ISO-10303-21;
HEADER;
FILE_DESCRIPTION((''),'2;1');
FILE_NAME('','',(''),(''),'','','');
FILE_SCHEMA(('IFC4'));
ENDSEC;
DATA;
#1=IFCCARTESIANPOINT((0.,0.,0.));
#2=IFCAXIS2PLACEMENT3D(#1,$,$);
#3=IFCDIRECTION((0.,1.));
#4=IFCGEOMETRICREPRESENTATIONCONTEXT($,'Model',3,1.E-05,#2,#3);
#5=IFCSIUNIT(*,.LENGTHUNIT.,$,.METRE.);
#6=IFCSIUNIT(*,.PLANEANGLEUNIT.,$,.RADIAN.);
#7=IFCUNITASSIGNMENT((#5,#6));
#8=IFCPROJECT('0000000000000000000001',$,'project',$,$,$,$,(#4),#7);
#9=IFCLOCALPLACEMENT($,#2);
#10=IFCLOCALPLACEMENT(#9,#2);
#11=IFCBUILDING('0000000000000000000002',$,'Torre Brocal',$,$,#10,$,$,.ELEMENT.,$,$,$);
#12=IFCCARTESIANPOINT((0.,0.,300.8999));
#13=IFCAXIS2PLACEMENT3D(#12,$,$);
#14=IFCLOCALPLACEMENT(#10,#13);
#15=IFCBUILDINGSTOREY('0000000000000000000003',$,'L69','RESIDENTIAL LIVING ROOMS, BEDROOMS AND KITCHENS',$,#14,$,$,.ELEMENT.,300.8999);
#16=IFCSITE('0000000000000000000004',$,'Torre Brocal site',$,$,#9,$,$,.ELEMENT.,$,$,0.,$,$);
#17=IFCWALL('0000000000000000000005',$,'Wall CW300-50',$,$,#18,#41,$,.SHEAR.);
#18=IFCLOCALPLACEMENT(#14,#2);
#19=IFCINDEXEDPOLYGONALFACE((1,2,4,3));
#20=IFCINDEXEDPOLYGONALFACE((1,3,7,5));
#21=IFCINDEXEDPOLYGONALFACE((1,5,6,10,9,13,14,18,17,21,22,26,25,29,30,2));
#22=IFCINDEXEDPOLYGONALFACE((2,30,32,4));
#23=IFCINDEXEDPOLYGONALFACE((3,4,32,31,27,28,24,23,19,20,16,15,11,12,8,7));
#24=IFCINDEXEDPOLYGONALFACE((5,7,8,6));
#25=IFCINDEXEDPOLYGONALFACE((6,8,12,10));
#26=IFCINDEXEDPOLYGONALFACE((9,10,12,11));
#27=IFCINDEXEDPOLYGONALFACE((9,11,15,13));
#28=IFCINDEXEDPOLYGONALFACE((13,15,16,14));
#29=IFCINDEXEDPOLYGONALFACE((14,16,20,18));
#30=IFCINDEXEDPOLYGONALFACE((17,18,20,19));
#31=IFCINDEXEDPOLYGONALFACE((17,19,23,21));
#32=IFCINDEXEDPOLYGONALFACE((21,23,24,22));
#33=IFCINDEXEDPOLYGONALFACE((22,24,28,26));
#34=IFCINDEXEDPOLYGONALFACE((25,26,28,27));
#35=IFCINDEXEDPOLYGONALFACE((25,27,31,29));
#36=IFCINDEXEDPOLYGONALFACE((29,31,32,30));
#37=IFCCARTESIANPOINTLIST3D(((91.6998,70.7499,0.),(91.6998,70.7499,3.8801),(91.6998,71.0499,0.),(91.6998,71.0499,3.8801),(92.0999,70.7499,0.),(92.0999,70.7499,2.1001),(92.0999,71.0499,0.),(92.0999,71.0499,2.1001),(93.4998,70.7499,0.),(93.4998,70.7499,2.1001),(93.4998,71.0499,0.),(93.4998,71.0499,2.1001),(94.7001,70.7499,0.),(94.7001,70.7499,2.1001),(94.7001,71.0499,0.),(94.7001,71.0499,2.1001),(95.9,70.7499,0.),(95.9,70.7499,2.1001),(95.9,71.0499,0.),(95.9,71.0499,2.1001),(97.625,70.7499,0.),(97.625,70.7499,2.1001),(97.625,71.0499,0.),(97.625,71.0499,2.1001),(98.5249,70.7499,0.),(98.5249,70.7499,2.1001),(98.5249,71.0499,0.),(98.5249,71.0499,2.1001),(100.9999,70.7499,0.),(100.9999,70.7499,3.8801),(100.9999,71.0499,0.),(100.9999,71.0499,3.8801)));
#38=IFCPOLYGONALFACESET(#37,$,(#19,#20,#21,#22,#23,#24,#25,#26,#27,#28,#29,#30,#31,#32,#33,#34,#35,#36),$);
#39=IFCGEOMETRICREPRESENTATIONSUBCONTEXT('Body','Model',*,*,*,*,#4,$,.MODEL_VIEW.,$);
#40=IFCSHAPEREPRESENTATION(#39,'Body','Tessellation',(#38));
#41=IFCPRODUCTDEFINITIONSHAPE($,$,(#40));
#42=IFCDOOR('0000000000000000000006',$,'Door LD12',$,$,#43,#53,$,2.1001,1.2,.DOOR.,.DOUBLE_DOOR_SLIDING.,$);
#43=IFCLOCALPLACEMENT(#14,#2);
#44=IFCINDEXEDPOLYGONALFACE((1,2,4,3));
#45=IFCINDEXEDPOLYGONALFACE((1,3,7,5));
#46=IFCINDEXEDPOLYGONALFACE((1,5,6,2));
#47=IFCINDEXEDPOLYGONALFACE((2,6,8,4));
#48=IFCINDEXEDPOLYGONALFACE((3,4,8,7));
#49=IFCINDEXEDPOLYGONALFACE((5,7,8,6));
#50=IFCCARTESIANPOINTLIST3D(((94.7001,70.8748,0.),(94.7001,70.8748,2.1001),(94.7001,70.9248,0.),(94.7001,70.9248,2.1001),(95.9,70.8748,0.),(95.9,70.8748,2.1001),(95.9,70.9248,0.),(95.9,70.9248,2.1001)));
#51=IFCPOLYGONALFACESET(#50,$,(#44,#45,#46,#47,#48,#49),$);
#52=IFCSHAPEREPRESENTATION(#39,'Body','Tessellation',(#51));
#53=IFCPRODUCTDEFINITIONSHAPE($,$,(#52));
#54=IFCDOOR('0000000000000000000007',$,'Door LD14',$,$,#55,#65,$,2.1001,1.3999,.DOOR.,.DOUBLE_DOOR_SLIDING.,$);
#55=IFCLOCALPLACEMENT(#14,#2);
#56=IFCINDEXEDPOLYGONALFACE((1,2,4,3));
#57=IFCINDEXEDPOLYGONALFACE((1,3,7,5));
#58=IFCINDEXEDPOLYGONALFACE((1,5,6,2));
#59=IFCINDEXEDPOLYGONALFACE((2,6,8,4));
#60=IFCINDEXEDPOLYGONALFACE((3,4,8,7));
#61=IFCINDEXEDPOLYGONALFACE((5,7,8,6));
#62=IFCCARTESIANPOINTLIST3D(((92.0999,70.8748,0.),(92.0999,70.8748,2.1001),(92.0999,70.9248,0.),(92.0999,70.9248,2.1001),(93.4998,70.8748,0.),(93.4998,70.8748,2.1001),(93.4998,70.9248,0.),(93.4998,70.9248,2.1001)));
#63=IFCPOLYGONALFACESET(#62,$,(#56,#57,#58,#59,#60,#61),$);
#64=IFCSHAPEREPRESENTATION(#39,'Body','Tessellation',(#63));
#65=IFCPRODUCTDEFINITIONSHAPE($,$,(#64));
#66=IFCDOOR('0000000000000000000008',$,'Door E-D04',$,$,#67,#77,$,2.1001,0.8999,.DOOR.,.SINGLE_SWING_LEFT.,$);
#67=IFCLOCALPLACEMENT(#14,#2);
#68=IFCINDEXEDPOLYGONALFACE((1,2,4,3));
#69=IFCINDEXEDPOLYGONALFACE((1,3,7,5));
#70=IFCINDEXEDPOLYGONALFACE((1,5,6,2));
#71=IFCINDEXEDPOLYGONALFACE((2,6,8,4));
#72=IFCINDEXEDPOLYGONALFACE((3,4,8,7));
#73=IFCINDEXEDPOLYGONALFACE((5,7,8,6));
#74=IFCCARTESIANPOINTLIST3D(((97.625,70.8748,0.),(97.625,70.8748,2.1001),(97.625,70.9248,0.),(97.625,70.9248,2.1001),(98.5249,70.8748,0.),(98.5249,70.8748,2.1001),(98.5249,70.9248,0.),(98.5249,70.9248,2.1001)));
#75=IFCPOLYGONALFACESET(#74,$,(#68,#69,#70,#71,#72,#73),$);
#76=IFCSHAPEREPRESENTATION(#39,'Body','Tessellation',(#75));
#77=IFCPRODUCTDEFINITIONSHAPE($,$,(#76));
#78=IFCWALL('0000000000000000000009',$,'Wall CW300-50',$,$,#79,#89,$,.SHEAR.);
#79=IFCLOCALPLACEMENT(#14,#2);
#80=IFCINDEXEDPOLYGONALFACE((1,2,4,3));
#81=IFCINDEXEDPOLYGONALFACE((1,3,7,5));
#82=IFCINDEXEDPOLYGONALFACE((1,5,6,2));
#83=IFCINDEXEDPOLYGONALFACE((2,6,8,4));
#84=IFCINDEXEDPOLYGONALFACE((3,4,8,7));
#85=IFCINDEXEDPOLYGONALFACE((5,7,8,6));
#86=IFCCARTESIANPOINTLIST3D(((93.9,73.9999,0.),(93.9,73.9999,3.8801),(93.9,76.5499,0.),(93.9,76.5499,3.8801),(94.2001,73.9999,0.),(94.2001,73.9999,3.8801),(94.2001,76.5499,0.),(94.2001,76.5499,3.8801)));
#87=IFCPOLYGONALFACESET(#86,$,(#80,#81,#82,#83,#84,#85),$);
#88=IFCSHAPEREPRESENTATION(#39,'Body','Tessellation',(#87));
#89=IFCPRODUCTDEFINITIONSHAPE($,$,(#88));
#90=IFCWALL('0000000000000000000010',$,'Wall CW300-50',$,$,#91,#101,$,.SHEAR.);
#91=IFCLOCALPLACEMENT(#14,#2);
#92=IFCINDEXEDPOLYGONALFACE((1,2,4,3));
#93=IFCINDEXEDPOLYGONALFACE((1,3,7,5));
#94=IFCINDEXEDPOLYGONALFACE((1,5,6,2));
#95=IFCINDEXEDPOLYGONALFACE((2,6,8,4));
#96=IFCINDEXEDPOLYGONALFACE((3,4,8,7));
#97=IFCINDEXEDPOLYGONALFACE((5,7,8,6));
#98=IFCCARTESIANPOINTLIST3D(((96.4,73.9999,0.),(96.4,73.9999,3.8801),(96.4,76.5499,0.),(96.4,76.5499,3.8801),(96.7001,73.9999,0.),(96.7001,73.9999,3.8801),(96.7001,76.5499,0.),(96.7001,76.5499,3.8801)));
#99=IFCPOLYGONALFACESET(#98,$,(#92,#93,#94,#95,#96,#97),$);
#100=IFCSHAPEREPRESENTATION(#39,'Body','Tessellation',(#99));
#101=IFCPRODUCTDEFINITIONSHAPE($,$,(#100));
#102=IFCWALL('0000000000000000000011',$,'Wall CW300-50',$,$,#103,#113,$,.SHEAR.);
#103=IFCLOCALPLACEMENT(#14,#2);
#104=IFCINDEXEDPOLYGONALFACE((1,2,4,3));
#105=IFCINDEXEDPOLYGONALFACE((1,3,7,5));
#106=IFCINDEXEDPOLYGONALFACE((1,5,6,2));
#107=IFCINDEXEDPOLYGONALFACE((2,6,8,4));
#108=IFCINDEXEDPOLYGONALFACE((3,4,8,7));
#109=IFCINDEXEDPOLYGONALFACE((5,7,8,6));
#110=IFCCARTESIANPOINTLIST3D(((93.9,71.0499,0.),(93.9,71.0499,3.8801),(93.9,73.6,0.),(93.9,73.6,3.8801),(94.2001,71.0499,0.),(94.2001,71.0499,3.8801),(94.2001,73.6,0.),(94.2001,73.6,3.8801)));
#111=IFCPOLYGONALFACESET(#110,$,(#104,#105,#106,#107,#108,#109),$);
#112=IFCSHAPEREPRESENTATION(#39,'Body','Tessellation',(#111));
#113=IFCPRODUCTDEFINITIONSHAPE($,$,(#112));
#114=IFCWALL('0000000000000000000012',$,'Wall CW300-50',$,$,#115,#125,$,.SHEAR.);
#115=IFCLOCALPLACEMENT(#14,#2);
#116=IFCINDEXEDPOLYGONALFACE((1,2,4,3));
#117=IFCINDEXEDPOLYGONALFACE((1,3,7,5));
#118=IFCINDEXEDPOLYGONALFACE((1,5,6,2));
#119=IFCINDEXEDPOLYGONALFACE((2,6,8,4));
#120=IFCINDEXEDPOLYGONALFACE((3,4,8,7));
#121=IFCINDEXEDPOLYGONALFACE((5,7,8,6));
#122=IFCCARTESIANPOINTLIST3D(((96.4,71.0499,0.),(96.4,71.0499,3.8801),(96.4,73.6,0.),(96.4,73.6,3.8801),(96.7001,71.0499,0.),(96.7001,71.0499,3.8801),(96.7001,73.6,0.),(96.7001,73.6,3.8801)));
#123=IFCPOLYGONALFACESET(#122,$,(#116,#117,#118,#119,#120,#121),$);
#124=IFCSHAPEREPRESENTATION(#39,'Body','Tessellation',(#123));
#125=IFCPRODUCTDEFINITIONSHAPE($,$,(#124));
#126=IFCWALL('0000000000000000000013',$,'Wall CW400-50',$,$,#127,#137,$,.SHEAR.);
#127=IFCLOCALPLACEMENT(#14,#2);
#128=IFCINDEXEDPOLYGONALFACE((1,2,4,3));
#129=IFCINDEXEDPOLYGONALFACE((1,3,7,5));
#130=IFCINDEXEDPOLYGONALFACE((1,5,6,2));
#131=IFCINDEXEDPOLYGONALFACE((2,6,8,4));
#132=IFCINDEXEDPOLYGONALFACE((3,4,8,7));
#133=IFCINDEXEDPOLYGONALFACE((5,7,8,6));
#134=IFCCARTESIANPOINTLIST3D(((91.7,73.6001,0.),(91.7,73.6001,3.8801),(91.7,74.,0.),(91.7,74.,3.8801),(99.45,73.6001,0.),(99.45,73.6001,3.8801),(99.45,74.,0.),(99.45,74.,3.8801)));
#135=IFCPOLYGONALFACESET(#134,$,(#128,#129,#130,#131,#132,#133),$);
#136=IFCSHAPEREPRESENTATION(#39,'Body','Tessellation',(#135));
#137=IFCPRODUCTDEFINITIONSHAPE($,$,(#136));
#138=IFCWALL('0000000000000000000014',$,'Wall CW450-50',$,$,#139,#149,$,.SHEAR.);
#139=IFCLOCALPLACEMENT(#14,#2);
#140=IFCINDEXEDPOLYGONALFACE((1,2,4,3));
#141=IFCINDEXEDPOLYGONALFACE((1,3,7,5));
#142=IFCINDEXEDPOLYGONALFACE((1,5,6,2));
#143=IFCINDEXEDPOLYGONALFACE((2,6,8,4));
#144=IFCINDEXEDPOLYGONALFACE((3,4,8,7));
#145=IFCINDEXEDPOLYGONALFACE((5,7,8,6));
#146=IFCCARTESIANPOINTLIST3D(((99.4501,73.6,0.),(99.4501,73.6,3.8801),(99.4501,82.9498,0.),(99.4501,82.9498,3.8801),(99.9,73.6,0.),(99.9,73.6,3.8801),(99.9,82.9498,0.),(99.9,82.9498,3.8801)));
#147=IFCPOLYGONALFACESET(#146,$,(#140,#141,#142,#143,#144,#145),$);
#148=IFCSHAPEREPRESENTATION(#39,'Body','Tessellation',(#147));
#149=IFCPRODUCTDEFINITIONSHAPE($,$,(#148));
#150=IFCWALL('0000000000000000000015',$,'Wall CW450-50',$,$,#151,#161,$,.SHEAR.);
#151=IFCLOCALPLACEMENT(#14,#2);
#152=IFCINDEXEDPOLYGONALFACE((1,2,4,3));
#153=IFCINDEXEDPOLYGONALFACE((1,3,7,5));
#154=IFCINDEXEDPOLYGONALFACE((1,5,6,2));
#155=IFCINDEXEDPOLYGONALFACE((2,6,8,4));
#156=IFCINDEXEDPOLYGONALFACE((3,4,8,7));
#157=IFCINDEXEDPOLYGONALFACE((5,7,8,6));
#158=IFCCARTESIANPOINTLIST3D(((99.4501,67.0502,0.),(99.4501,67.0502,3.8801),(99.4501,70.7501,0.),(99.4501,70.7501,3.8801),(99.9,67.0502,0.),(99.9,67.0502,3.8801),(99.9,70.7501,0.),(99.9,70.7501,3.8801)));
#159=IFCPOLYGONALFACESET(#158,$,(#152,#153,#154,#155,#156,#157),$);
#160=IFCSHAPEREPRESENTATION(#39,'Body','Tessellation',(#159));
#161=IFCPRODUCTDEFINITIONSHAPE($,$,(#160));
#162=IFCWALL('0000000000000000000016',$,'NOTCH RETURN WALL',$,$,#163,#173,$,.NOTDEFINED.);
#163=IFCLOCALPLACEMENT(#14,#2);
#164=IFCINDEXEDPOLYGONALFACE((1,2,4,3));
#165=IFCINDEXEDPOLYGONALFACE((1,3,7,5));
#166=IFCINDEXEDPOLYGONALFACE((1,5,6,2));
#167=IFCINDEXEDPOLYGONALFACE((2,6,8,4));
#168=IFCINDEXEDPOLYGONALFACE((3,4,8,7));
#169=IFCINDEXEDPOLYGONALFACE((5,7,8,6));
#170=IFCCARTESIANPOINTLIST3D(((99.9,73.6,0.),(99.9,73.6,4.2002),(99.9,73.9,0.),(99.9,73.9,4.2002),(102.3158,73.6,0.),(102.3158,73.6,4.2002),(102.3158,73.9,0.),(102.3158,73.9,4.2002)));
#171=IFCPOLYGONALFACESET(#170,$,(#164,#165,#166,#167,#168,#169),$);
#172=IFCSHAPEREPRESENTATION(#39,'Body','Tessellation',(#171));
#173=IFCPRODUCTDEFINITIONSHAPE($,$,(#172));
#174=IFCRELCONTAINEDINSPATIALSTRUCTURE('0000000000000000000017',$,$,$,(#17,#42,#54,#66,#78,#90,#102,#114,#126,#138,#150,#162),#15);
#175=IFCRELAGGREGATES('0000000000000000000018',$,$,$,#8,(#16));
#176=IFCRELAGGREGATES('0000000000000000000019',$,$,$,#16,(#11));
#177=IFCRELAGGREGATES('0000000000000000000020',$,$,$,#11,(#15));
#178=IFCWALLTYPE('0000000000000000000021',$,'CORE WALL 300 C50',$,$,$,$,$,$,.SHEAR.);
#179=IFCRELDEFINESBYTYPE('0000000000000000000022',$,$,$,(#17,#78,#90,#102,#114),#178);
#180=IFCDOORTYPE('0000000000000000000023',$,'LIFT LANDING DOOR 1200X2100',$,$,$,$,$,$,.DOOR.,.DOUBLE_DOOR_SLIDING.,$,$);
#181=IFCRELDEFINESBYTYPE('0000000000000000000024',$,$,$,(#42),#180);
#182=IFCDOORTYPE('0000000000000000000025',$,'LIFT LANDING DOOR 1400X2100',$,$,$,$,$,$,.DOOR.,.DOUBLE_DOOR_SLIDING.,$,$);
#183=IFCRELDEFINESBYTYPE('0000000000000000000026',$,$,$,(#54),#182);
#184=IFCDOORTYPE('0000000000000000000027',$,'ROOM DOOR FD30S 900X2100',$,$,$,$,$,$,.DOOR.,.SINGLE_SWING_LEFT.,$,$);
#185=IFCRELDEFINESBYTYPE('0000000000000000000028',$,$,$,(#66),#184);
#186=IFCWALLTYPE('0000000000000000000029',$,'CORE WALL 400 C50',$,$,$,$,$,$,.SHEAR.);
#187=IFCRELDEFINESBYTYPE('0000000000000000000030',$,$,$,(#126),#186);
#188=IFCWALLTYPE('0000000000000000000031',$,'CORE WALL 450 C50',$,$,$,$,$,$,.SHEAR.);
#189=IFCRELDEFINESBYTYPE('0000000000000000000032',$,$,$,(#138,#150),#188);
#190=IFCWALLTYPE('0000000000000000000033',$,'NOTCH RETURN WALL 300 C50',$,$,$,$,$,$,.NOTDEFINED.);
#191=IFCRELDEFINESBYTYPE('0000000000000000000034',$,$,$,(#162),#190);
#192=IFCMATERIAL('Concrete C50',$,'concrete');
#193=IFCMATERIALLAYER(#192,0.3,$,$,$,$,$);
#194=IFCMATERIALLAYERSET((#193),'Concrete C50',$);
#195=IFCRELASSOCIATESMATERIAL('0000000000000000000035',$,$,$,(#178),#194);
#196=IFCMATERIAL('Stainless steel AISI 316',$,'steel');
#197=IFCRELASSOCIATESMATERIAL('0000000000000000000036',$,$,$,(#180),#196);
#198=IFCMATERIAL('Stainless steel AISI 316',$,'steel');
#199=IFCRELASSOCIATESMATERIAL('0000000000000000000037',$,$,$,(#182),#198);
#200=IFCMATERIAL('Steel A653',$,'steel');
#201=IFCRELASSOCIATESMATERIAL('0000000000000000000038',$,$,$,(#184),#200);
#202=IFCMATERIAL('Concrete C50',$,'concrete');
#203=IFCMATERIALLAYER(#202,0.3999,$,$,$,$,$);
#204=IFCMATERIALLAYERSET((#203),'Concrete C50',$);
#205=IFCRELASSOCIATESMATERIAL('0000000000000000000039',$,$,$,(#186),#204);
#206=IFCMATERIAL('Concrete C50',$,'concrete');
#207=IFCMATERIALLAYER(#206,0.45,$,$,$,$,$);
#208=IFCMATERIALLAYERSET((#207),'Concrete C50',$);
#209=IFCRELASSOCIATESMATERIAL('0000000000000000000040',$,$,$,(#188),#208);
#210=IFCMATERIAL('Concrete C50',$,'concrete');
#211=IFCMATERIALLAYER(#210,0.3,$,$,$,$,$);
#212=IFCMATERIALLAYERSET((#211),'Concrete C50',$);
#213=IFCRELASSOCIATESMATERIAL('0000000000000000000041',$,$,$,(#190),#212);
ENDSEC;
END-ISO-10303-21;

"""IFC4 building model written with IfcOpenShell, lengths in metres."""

from ifc_helpers import new_model, si_unit, direction, frame, frame_2d, origin, place, context, subcontext, project, spatial, rectangle, extrude, material, layer, layer_set, type_object, element, fill, save


model = new_model("IFC4")

# Units and contexts
model_context = context("Model", 3, precision=1e-05, world=origin(), true_north=direction((0.0, 1.0)))
body_context = subcontext(model_context, "Body", "Model", "MODEL_VIEW")
ifc_project = project(units=[si_unit("LENGTHUNIT", "METRE"), si_unit("PLANEANGLEUNIT", "RADIAN")], contexts=[model_context])

# Site, building, storey
site_placement = place(None, origin())
site = spatial("IfcSite", under=ifc_project, at=site_placement, Name="Torre Brocal site", CompositionType="ELEMENT", RefElevation=0.0)
building_placement = place(site_placement, origin())
building = spatial("IfcBuilding", under=site, at=building_placement, Name="Torre Brocal", CompositionType="ELEMENT")
storey_placement = place(building_placement, frame((0.0, 0.0, 300.8999)))
storey = spatial("IfcBuildingStorey", under=building, at=storey_placement, Name="L69", Description="RESIDENTIAL LIVING ROOMS, BEDROOMS AND KITCHENS", CompositionType="ELEMENT", Elevation=300.8999)

# Shared definitions
ifc_material_1 = material(Name="Concrete C50", Category="concrete")
ifc_layer_1 = layer(ifc_material_1, 0.3)
ifc_layer_set_1 = layer_set([ifc_layer_1], Name="Concrete C50")
wall_type_1 = type_object("IfcWallType", Name="CORE WALL 300 C50", PredefinedType="SHEAR", material=ifc_layer_set_1)

# Wall, openings, doors
wall_1_placement = place(storey_placement, frame((91.7, 70.8999, 0.0), z_axis=(0.0, 0.0, 1.0), x_axis=(1.0, 0.0, 0.0)))
wall_1 = element("IfcWall", 1, at=wall_1_placement, inside=storey, type_object=wall_type_1, Name="Wall CW300-50", PredefinedType="SHEAR", context=body_context, shape_type="SweptSolid", body=[
    extrude(rectangle(XDim=9.3, YDim=0.3, at=frame_2d((4.6499, 0.0))), origin(), (0.0, 0.0, 1.0), 3.8801),
])
opening_1_placement = place(wall_1_placement, frame((0.3999, 0.0, 0.0)))
opening_1 = element("IfcOpeningElement", 2, at=opening_1_placement, cuts=wall_1, PredefinedType="OPENING", context=body_context, shape_type="SweptSolid", body=[
    extrude(rectangle(XDim=1.3999, YDim=2.1001, at=frame_2d((0.7, 1.05))), frame((0.0, 0.1599, 0.0), z_axis=(0.0, -1.0, 0.0), x_axis=(1.0, 0.0, 0.0)), (0.0, 0.0, 1.0), 0.3201),
])
opening_2_placement = place(wall_1_placement, frame((3.0, 0.0, 0.0)))
opening_2 = element("IfcOpeningElement", 3, at=opening_2_placement, cuts=wall_1, PredefinedType="OPENING", context=body_context, shape_type="SweptSolid", body=[
    extrude(rectangle(XDim=1.2, YDim=2.1001, at=frame_2d((0.6001, 1.05))), frame((0.0, 0.1599, 0.0), z_axis=(0.0, -1.0, 0.0), x_axis=(1.0, 0.0, 0.0)), (0.0, 0.0, 1.0), 0.3201),
])
opening_3_placement = place(wall_1_placement, frame((5.925, 0.0, 0.0)))
opening_3 = element("IfcOpeningElement", 4, at=opening_3_placement, cuts=wall_1, PredefinedType="OPENING", context=body_context, shape_type="SweptSolid", body=[
    extrude(rectangle(XDim=0.8999, YDim=2.1001, at=frame_2d((0.45, 1.05))), frame((0.0, 0.1599, 0.0), z_axis=(0.0, -1.0, 0.0), x_axis=(1.0, 0.0, 0.0)), (0.0, 0.0, 1.0), 0.3201),
])
ifc_material_2 = material(Name="Stainless steel AISI 316", Category="steel")
door_type_1 = type_object("IfcDoorType", Name="LIFT LANDING DOOR 1200X2100", OperationType="DOUBLE_DOOR_SLIDING", PredefinedType="DOOR", material=ifc_material_2)
door_1_placement = place(opening_2_placement, origin())
door_1 = element("IfcDoor", 5, at=door_1_placement, inside=storey, type_object=door_type_1, Name="Door LD12", OperationType="DOUBLE_DOOR_SLIDING", OverallHeight=2.1001, OverallWidth=1.2, PredefinedType="DOOR", context=body_context, shape_type="SweptSolid", body=[
    extrude(rectangle(XDim=1.2, YDim=2.1001, at=frame_2d((0.6001, 1.05))), frame((0.0, 0.0249, 0.0), z_axis=(0.0, -1.0, 0.0), x_axis=(1.0, 0.0, 0.0)), (0.0, 0.0, 1.0), 0.05),
])
fill(opening_2, door_1)
ifc_material_3 = material(Name="Stainless steel AISI 316", Category="steel")
door_type_2 = type_object("IfcDoorType", Name="LIFT LANDING DOOR 1400X2100", OperationType="DOUBLE_DOOR_SLIDING", PredefinedType="DOOR", material=ifc_material_3)
door_2_placement = place(opening_1_placement, origin())
door_2 = element("IfcDoor", 6, at=door_2_placement, inside=storey, type_object=door_type_2, Name="Door LD14", OperationType="DOUBLE_DOOR_SLIDING", OverallHeight=2.1001, OverallWidth=1.3999, PredefinedType="DOOR", context=body_context, shape_type="SweptSolid", body=[
    extrude(rectangle(XDim=1.3999, YDim=2.1001, at=frame_2d((0.7, 1.05))), frame((0.0, 0.0249, 0.0), z_axis=(0.0, -1.0, 0.0), x_axis=(1.0, 0.0, 0.0)), (0.0, 0.0, 1.0), 0.05),
])
fill(opening_1, door_2)
ifc_material_4 = material(Name="Steel A653", Category="steel")
door_type_3 = type_object("IfcDoorType", Name="ROOM DOOR FD30S 900X2100", OperationType="SINGLE_SWING_LEFT", PredefinedType="DOOR", material=ifc_material_4)
door_3_placement = place(opening_3_placement, origin())
door_3 = element("IfcDoor", 7, at=door_3_placement, inside=storey, type_object=door_type_3, Name="Door E-D04", OperationType="SINGLE_SWING_LEFT", OverallHeight=2.1001, OverallWidth=0.8999, PredefinedType="DOOR", context=body_context, shape_type="SweptSolid", body=[
    extrude(rectangle(XDim=0.8999, YDim=2.1001, at=frame_2d((0.45, 1.05))), frame((0.0, 0.0249, 0.0), z_axis=(0.0, -1.0, 0.0), x_axis=(1.0, 0.0, 0.0)), (0.0, 0.0, 1.0), 0.05),
])
fill(opening_3, door_3)

# Walls
for number, where, z_axis, x_axis, name in (
    (8, (94.05, 74.0, 0.0), (0.0, 0.0, 1.0), (0.0, 1.0, 0.0), "Wall CW300-50"),
    (9, (96.55, 74.0, 0.0), (0.0, 0.0, 1.0), (0.0, 1.0, 0.0), "Wall CW300-50"),
    (10, (94.05, 71.05, 0.0), (0.0, 0.0, 1.0), (0.0, 1.0, 0.0), "Wall CW300-50"),
    (11, (96.55, 71.05, 0.0), (0.0, 0.0, 1.0), (0.0, 1.0, 0.0), "Wall CW300-50"),
):
    element("IfcWall", number, at=place(storey_placement, frame(where, z_axis=z_axis, x_axis=x_axis)), inside=storey, type_object=wall_type_1, Name=name, PredefinedType="SHEAR", context=body_context, shape_type="SweptSolid", body=[
        extrude(rectangle(XDim=2.55, YDim=0.3, at=frame_2d((1.2749, 0.0))), origin(), (0.0, 0.0, 1.0), 3.8801),
    ])
ifc_material_5 = material(Name="Concrete C50", Category="concrete")
ifc_layer_2 = layer(ifc_material_5, 0.3999)
ifc_layer_set_2 = layer_set([ifc_layer_2], Name="Concrete C50")
wall_type_2 = type_object("IfcWallType", Name="CORE WALL 400 C50", PredefinedType="SHEAR", material=ifc_layer_set_2)
wall_2_placement = place(storey_placement, frame((91.7, 73.8, 0.0), z_axis=(0.0, 0.0, 1.0), x_axis=(1.0, 0.0, 0.0)))
element("IfcWall", 12, at=wall_2_placement, inside=storey, type_object=wall_type_2, Name="Wall CW400-50", PredefinedType="SHEAR", context=body_context, shape_type="SweptSolid", body=[
    extrude(rectangle(XDim=7.75, YDim=0.3999, at=frame_2d((3.875, 0.0))), origin(), (0.0, 0.0, 1.0), 3.8801),
])
ifc_material_6 = material(Name="Concrete C50", Category="concrete")
ifc_layer_3 = layer(ifc_material_6, 0.45)
ifc_layer_set_3 = layer_set([ifc_layer_3], Name="Concrete C50")
wall_type_3 = type_object("IfcWallType", Name="CORE WALL 450 C50", PredefinedType="SHEAR", material=ifc_layer_set_3)
wall_3_placement = place(storey_placement, frame((99.675, 73.6001, 0.0), z_axis=(0.0, 0.0, 1.0), x_axis=(0.0, 1.0, 0.0)))
element("IfcWall", 13, at=wall_3_placement, inside=storey, type_object=wall_type_3, Name="Wall CW450-50", PredefinedType="SHEAR", context=body_context, shape_type="SweptSolid", body=[
    extrude(rectangle(XDim=9.3499, YDim=0.45, at=frame_2d((4.6748, 0.0))), origin(), (0.0, 0.0, 1.0), 3.8801),
])
wall_4_placement = place(storey_placement, frame((99.675, 67.05, 0.0), z_axis=(0.0, 0.0, 1.0), x_axis=(0.0, 1.0, 0.0)))
element("IfcWall", 14, at=wall_4_placement, inside=storey, type_object=wall_type_3, Name="Wall CW450-50", PredefinedType="SHEAR", context=body_context, shape_type="SweptSolid", body=[
    extrude(rectangle(XDim=3.7, YDim=0.45, at=frame_2d((1.8501, 0.0))), origin(), (0.0, 0.0, 1.0), 3.8801),
])
ifc_material_7 = material(Name="Concrete C50", Category="concrete")
ifc_layer_4 = layer(ifc_material_7, 0.3)
ifc_layer_set_4 = layer_set([ifc_layer_4], Name="Concrete C50")
wall_type_4 = type_object("IfcWallType", Name="NOTCH RETURN WALL 300 C50", PredefinedType="NOTDEFINED", material=ifc_layer_set_4)
wall_5_placement = place(storey_placement, frame((99.8999, 73.75, 0.0), z_axis=(0.0, 0.0, 1.0), x_axis=(1.0, 0.0, 0.0)))
element("IfcWall", 15, at=wall_5_placement, inside=storey, type_object=wall_type_4, Name="NOTCH RETURN WALL", PredefinedType="NOTDEFINED", context=body_context, shape_type="SweptSolid", body=[
    extrude(rectangle(XDim=2.4158, YDim=0.3, at=frame_2d((1.208, 0.0))), origin(), (0.0, 0.0, 1.0), 4.2002),
])

save(model, "model.ifc")
